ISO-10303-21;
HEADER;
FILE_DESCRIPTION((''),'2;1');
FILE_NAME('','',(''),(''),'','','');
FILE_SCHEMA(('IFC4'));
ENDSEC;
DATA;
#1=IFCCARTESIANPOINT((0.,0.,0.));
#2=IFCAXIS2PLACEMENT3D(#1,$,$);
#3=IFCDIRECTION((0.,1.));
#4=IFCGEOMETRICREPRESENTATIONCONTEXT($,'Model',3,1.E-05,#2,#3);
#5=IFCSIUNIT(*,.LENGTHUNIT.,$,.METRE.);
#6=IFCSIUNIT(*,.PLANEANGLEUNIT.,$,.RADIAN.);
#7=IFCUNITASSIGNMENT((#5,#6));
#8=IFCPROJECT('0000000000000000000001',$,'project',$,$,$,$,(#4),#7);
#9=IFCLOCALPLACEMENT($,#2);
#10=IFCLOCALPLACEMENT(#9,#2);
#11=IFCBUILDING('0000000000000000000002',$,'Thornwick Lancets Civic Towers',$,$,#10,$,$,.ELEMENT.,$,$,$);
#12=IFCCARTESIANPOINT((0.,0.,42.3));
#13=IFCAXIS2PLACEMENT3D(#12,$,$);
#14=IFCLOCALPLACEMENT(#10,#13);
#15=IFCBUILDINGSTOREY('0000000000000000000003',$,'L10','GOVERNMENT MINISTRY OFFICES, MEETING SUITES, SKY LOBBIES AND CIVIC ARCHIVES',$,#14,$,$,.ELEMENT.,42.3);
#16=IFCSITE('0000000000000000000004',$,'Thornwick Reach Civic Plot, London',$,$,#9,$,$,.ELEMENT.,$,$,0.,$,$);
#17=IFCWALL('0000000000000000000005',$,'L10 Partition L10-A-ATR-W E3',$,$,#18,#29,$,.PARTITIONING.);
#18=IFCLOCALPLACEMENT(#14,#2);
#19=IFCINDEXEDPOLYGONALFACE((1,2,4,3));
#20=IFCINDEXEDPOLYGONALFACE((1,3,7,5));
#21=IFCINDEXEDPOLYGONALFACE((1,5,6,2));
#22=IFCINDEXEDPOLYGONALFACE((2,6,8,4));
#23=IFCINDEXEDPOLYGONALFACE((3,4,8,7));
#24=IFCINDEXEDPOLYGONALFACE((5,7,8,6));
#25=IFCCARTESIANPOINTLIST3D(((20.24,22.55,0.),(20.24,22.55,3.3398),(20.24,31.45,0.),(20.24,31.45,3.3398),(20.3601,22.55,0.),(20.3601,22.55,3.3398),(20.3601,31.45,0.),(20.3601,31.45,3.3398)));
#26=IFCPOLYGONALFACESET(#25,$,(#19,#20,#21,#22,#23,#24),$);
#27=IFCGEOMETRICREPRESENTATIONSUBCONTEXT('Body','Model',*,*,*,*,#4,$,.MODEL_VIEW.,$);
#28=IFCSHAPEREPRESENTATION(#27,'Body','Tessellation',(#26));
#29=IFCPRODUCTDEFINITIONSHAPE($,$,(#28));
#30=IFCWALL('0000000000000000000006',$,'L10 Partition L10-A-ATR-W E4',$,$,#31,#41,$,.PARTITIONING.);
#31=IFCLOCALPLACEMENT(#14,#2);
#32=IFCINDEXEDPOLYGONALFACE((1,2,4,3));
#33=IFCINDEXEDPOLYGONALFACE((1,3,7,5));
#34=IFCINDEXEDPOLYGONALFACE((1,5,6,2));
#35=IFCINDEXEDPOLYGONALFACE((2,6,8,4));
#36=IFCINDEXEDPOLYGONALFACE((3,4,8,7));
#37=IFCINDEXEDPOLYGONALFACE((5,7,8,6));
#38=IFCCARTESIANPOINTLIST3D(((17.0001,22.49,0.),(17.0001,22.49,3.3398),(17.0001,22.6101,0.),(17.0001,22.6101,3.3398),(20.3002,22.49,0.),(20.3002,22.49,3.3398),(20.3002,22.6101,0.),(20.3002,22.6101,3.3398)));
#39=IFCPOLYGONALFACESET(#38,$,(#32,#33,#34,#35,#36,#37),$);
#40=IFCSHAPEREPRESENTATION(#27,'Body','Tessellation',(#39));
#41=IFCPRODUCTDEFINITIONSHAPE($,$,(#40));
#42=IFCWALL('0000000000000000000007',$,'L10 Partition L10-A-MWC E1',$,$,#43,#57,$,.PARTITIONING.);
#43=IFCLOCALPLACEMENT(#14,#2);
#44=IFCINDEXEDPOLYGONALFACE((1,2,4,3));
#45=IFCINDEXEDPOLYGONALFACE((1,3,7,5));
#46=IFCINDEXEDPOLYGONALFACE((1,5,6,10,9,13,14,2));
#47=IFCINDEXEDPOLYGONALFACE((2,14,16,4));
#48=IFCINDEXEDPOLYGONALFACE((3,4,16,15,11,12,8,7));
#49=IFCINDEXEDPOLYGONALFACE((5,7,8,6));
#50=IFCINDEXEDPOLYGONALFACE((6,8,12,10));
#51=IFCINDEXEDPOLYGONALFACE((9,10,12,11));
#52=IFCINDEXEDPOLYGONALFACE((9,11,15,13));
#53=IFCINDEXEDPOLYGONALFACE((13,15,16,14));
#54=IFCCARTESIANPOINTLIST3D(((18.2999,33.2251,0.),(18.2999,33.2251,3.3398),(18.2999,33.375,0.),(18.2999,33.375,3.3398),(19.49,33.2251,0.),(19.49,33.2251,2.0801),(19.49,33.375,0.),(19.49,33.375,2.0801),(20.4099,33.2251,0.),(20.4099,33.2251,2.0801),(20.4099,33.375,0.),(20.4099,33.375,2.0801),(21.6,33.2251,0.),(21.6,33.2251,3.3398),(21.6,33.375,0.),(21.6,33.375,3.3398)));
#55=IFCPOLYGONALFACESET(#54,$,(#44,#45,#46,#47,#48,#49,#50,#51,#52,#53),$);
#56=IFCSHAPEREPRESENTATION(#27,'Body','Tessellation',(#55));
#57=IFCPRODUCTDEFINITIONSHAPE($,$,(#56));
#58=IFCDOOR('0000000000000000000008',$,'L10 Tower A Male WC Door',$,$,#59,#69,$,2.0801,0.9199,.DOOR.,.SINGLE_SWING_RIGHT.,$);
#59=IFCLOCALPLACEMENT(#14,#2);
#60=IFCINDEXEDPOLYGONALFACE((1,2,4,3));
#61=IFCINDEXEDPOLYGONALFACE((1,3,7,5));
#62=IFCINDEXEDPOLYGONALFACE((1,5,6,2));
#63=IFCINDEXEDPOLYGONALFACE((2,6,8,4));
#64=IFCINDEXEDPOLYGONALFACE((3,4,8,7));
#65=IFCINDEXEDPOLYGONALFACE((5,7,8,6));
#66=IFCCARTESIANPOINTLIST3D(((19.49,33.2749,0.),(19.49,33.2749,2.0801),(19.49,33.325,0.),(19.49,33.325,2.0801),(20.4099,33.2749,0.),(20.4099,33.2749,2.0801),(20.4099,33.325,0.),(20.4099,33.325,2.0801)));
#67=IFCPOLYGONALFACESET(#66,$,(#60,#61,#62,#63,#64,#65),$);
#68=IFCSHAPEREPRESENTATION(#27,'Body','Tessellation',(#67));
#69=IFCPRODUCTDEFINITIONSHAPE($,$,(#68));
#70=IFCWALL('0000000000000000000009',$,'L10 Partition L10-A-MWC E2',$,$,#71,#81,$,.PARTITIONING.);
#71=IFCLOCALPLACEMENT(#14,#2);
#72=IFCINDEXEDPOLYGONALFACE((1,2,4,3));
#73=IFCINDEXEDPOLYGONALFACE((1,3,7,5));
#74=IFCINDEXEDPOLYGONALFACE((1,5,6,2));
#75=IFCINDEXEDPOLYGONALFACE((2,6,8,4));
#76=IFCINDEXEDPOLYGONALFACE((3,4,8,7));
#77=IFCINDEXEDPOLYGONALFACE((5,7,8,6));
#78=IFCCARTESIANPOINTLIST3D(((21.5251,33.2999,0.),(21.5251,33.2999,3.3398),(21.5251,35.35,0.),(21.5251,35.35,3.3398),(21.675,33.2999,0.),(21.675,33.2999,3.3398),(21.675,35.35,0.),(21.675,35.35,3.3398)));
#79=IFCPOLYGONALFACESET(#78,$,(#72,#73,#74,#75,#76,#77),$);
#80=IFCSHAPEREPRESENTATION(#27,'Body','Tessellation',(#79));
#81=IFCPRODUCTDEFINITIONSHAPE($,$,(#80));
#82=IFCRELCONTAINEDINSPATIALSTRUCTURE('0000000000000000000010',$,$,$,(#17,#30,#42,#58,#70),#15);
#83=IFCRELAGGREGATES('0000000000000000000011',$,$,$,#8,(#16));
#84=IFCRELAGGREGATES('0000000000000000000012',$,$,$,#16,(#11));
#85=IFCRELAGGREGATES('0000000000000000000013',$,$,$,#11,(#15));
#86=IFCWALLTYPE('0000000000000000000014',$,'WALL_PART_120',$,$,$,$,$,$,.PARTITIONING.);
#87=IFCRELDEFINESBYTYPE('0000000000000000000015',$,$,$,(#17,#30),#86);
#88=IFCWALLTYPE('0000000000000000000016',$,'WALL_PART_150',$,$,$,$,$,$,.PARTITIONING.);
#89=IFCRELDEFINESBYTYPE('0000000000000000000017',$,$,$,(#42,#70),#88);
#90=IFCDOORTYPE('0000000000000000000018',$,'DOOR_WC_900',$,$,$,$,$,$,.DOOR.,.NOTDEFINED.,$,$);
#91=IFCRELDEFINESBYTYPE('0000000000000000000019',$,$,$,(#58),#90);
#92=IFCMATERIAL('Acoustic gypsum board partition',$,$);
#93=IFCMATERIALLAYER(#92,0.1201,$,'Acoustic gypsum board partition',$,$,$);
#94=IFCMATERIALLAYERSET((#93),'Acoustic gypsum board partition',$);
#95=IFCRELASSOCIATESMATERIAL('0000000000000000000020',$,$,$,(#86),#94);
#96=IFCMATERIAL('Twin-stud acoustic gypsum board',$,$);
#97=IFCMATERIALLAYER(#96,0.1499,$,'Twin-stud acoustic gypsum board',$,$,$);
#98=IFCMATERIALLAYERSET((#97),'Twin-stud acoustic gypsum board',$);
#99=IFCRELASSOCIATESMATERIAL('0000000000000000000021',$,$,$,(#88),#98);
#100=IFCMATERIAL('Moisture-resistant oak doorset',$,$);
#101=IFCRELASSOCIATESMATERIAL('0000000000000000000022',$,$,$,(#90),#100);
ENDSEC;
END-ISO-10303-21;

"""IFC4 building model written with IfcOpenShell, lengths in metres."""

from ifc_helpers import new_model, si_unit, direction, frame, frame_2d, origin, place, context, subcontext, project, spatial, rectangle, extrude, material, layer, layer_set, type_object, element, fill, save


model = new_model("IFC4")

# Units and contexts
model_context = context("Model", 3, precision=1e-05, world=origin(), true_north=direction((0.0, 1.0)))
body_context = subcontext(model_context, "Body", "Model", "MODEL_VIEW")
ifc_project = project(units=[si_unit("LENGTHUNIT", "METRE"), si_unit("PLANEANGLEUNIT", "RADIAN")], contexts=[model_context])

# Site, building, storey
site_placement = place(None, origin())
site = spatial("IfcSite", under=ifc_project, at=site_placement, Name="Thornwick Reach Civic Plot, London", CompositionType="ELEMENT", RefElevation=0.0)
building_placement = place(site_placement, origin())
building = spatial("IfcBuilding", under=site, at=building_placement, Name="Thornwick Lancets Civic Towers", CompositionType="ELEMENT")
storey_placement = place(building_placement, frame((0.0, 0.0, 42.3)))
storey = spatial("IfcBuildingStorey", under=building, at=storey_placement, Name="L10", Description="GOVERNMENT MINISTRY OFFICES, MEETING SUITES, SKY LOBBIES AND CIVIC ARCHIVES", CompositionType="ELEMENT", Elevation=42.3)

# Shared definitions
ifc_material_1 = material(Name="Acoustic gypsum board partition")
ifc_layer_1 = layer(ifc_material_1, 0.1201, Name="Acoustic gypsum board partition")
ifc_layer_set_1 = layer_set([ifc_layer_1], Name="Acoustic gypsum board partition")
wall_type_1 = type_object("IfcWallType", Name="WALL_PART_120", PredefinedType="PARTITIONING", material=ifc_layer_set_1)

# Walls
wall_1_placement = place(storey_placement, frame((20.3, 31.45, 0.0), z_axis=(0.0, 0.0, 1.0), x_axis=(0.0, -1.0, 0.0)))
element("IfcWall", 1, at=wall_1_placement, inside=storey, type_object=wall_type_1, Name="L10 Partition L10-A-ATR-W E3", PredefinedType="PARTITIONING", context=body_context, shape_type="SweptSolid", body=[
    extrude(rectangle(XDim=8.8999, YDim=0.1201, at=frame_2d((4.45, 0.0))), origin(), (0.0, 0.0, 1.0), 3.3398),
])
wall_2_placement = place(storey_placement, frame((20.3, 22.55, 0.0), z_axis=(0.0, 0.0, 1.0), x_axis=(-1.0, 0.0, 0.0)))
element("IfcWall", 2, at=wall_2_placement, inside=storey, type_object=wall_type_1, Name="L10 Partition L10-A-ATR-W E4", PredefinedType="PARTITIONING", context=body_context, shape_type="SweptSolid", body=[
    extrude(rectangle(XDim=3.3, YDim=0.1201, at=frame_2d((1.6499, 0.0))), origin(), (0.0, 0.0, 1.0), 3.3398),
])

# Wall, opening, door
ifc_material_2 = material(Name="Twin-stud acoustic gypsum board")
ifc_layer_2 = layer(ifc_material_2, 0.1499, Name="Twin-stud acoustic gypsum board")
ifc_layer_set_2 = layer_set([ifc_layer_2], Name="Twin-stud acoustic gypsum board")
wall_type_2 = type_object("IfcWallType", Name="WALL_PART_150", PredefinedType="PARTITIONING", material=ifc_layer_set_2)
wall_3_placement = place(storey_placement, frame((18.3, 33.3, 0.0), z_axis=(0.0, 0.0, 1.0), x_axis=(1.0, 0.0, 0.0)))
wall_3 = element("IfcWall", 3, at=wall_3_placement, inside=storey, type_object=wall_type_2, Name="L10 Partition L10-A-MWC E1", PredefinedType="PARTITIONING", context=body_context, shape_type="SweptSolid", body=[
    extrude(rectangle(XDim=3.3, YDim=0.1499, at=frame_2d((1.6499, 0.0))), origin(), (0.0, 0.0, 1.0), 3.3398),
])
opening_1_placement = place(wall_3_placement, frame((1.1899, 0.0, 0.0)))
opening_1 = element("IfcOpeningElement", 4, at=opening_1_placement, cuts=wall_3, PredefinedType="OPENING", context=body_context, shape_type="SweptSolid", body=[
    extrude(rectangle(XDim=0.9199, YDim=2.0801, at=frame_2d((0.46, 1.04))), frame((0.0, 0.085, 0.0), z_axis=(0.0, -1.0, 0.0), x_axis=(1.0, 0.0, 0.0)), (0.0, 0.0, 1.0), 0.1699),
])
ifc_material_3 = material(Name="Moisture-resistant oak doorset")
door_type_1 = type_object("IfcDoorType", Name="DOOR_WC_900", OperationType="NOTDEFINED", PredefinedType="DOOR", material=ifc_material_3)
door_1_placement = place(opening_1_placement, origin())
door_1 = element("IfcDoor", 5, at=door_1_placement, inside=storey, type_object=door_type_1, Name="L10 Tower A Male WC Door", OperationType="SINGLE_SWING_RIGHT", OverallHeight=2.0801, OverallWidth=0.9199, PredefinedType="DOOR", context=body_context, shape_type="SweptSolid", body=[
    extrude(rectangle(XDim=0.9199, YDim=2.0801, at=frame_2d((0.46, 1.04))), frame((0.0, 0.0249, 0.0), z_axis=(0.0, -1.0, 0.0), x_axis=(1.0, 0.0, 0.0)), (0.0, 0.0, 1.0), 0.05),
])
fill(opening_1, door_1)

# Wall
wall_4_placement = place(storey_placement, frame((21.6001, 33.3, 0.0), z_axis=(0.0, 0.0, 1.0), x_axis=(0.0, 1.0, 0.0)))
element("IfcWall", 6, at=wall_4_placement, inside=storey, type_object=wall_type_2, Name="L10 Partition L10-A-MWC E2", PredefinedType="PARTITIONING", context=body_context, shape_type="SweptSolid", body=[
    extrude(rectangle(XDim=2.05, YDim=0.1499, at=frame_2d((1.0249, 0.0))), origin(), (0.0, 0.0, 1.0), 3.3398),
])

save(model, "model.ifc")
